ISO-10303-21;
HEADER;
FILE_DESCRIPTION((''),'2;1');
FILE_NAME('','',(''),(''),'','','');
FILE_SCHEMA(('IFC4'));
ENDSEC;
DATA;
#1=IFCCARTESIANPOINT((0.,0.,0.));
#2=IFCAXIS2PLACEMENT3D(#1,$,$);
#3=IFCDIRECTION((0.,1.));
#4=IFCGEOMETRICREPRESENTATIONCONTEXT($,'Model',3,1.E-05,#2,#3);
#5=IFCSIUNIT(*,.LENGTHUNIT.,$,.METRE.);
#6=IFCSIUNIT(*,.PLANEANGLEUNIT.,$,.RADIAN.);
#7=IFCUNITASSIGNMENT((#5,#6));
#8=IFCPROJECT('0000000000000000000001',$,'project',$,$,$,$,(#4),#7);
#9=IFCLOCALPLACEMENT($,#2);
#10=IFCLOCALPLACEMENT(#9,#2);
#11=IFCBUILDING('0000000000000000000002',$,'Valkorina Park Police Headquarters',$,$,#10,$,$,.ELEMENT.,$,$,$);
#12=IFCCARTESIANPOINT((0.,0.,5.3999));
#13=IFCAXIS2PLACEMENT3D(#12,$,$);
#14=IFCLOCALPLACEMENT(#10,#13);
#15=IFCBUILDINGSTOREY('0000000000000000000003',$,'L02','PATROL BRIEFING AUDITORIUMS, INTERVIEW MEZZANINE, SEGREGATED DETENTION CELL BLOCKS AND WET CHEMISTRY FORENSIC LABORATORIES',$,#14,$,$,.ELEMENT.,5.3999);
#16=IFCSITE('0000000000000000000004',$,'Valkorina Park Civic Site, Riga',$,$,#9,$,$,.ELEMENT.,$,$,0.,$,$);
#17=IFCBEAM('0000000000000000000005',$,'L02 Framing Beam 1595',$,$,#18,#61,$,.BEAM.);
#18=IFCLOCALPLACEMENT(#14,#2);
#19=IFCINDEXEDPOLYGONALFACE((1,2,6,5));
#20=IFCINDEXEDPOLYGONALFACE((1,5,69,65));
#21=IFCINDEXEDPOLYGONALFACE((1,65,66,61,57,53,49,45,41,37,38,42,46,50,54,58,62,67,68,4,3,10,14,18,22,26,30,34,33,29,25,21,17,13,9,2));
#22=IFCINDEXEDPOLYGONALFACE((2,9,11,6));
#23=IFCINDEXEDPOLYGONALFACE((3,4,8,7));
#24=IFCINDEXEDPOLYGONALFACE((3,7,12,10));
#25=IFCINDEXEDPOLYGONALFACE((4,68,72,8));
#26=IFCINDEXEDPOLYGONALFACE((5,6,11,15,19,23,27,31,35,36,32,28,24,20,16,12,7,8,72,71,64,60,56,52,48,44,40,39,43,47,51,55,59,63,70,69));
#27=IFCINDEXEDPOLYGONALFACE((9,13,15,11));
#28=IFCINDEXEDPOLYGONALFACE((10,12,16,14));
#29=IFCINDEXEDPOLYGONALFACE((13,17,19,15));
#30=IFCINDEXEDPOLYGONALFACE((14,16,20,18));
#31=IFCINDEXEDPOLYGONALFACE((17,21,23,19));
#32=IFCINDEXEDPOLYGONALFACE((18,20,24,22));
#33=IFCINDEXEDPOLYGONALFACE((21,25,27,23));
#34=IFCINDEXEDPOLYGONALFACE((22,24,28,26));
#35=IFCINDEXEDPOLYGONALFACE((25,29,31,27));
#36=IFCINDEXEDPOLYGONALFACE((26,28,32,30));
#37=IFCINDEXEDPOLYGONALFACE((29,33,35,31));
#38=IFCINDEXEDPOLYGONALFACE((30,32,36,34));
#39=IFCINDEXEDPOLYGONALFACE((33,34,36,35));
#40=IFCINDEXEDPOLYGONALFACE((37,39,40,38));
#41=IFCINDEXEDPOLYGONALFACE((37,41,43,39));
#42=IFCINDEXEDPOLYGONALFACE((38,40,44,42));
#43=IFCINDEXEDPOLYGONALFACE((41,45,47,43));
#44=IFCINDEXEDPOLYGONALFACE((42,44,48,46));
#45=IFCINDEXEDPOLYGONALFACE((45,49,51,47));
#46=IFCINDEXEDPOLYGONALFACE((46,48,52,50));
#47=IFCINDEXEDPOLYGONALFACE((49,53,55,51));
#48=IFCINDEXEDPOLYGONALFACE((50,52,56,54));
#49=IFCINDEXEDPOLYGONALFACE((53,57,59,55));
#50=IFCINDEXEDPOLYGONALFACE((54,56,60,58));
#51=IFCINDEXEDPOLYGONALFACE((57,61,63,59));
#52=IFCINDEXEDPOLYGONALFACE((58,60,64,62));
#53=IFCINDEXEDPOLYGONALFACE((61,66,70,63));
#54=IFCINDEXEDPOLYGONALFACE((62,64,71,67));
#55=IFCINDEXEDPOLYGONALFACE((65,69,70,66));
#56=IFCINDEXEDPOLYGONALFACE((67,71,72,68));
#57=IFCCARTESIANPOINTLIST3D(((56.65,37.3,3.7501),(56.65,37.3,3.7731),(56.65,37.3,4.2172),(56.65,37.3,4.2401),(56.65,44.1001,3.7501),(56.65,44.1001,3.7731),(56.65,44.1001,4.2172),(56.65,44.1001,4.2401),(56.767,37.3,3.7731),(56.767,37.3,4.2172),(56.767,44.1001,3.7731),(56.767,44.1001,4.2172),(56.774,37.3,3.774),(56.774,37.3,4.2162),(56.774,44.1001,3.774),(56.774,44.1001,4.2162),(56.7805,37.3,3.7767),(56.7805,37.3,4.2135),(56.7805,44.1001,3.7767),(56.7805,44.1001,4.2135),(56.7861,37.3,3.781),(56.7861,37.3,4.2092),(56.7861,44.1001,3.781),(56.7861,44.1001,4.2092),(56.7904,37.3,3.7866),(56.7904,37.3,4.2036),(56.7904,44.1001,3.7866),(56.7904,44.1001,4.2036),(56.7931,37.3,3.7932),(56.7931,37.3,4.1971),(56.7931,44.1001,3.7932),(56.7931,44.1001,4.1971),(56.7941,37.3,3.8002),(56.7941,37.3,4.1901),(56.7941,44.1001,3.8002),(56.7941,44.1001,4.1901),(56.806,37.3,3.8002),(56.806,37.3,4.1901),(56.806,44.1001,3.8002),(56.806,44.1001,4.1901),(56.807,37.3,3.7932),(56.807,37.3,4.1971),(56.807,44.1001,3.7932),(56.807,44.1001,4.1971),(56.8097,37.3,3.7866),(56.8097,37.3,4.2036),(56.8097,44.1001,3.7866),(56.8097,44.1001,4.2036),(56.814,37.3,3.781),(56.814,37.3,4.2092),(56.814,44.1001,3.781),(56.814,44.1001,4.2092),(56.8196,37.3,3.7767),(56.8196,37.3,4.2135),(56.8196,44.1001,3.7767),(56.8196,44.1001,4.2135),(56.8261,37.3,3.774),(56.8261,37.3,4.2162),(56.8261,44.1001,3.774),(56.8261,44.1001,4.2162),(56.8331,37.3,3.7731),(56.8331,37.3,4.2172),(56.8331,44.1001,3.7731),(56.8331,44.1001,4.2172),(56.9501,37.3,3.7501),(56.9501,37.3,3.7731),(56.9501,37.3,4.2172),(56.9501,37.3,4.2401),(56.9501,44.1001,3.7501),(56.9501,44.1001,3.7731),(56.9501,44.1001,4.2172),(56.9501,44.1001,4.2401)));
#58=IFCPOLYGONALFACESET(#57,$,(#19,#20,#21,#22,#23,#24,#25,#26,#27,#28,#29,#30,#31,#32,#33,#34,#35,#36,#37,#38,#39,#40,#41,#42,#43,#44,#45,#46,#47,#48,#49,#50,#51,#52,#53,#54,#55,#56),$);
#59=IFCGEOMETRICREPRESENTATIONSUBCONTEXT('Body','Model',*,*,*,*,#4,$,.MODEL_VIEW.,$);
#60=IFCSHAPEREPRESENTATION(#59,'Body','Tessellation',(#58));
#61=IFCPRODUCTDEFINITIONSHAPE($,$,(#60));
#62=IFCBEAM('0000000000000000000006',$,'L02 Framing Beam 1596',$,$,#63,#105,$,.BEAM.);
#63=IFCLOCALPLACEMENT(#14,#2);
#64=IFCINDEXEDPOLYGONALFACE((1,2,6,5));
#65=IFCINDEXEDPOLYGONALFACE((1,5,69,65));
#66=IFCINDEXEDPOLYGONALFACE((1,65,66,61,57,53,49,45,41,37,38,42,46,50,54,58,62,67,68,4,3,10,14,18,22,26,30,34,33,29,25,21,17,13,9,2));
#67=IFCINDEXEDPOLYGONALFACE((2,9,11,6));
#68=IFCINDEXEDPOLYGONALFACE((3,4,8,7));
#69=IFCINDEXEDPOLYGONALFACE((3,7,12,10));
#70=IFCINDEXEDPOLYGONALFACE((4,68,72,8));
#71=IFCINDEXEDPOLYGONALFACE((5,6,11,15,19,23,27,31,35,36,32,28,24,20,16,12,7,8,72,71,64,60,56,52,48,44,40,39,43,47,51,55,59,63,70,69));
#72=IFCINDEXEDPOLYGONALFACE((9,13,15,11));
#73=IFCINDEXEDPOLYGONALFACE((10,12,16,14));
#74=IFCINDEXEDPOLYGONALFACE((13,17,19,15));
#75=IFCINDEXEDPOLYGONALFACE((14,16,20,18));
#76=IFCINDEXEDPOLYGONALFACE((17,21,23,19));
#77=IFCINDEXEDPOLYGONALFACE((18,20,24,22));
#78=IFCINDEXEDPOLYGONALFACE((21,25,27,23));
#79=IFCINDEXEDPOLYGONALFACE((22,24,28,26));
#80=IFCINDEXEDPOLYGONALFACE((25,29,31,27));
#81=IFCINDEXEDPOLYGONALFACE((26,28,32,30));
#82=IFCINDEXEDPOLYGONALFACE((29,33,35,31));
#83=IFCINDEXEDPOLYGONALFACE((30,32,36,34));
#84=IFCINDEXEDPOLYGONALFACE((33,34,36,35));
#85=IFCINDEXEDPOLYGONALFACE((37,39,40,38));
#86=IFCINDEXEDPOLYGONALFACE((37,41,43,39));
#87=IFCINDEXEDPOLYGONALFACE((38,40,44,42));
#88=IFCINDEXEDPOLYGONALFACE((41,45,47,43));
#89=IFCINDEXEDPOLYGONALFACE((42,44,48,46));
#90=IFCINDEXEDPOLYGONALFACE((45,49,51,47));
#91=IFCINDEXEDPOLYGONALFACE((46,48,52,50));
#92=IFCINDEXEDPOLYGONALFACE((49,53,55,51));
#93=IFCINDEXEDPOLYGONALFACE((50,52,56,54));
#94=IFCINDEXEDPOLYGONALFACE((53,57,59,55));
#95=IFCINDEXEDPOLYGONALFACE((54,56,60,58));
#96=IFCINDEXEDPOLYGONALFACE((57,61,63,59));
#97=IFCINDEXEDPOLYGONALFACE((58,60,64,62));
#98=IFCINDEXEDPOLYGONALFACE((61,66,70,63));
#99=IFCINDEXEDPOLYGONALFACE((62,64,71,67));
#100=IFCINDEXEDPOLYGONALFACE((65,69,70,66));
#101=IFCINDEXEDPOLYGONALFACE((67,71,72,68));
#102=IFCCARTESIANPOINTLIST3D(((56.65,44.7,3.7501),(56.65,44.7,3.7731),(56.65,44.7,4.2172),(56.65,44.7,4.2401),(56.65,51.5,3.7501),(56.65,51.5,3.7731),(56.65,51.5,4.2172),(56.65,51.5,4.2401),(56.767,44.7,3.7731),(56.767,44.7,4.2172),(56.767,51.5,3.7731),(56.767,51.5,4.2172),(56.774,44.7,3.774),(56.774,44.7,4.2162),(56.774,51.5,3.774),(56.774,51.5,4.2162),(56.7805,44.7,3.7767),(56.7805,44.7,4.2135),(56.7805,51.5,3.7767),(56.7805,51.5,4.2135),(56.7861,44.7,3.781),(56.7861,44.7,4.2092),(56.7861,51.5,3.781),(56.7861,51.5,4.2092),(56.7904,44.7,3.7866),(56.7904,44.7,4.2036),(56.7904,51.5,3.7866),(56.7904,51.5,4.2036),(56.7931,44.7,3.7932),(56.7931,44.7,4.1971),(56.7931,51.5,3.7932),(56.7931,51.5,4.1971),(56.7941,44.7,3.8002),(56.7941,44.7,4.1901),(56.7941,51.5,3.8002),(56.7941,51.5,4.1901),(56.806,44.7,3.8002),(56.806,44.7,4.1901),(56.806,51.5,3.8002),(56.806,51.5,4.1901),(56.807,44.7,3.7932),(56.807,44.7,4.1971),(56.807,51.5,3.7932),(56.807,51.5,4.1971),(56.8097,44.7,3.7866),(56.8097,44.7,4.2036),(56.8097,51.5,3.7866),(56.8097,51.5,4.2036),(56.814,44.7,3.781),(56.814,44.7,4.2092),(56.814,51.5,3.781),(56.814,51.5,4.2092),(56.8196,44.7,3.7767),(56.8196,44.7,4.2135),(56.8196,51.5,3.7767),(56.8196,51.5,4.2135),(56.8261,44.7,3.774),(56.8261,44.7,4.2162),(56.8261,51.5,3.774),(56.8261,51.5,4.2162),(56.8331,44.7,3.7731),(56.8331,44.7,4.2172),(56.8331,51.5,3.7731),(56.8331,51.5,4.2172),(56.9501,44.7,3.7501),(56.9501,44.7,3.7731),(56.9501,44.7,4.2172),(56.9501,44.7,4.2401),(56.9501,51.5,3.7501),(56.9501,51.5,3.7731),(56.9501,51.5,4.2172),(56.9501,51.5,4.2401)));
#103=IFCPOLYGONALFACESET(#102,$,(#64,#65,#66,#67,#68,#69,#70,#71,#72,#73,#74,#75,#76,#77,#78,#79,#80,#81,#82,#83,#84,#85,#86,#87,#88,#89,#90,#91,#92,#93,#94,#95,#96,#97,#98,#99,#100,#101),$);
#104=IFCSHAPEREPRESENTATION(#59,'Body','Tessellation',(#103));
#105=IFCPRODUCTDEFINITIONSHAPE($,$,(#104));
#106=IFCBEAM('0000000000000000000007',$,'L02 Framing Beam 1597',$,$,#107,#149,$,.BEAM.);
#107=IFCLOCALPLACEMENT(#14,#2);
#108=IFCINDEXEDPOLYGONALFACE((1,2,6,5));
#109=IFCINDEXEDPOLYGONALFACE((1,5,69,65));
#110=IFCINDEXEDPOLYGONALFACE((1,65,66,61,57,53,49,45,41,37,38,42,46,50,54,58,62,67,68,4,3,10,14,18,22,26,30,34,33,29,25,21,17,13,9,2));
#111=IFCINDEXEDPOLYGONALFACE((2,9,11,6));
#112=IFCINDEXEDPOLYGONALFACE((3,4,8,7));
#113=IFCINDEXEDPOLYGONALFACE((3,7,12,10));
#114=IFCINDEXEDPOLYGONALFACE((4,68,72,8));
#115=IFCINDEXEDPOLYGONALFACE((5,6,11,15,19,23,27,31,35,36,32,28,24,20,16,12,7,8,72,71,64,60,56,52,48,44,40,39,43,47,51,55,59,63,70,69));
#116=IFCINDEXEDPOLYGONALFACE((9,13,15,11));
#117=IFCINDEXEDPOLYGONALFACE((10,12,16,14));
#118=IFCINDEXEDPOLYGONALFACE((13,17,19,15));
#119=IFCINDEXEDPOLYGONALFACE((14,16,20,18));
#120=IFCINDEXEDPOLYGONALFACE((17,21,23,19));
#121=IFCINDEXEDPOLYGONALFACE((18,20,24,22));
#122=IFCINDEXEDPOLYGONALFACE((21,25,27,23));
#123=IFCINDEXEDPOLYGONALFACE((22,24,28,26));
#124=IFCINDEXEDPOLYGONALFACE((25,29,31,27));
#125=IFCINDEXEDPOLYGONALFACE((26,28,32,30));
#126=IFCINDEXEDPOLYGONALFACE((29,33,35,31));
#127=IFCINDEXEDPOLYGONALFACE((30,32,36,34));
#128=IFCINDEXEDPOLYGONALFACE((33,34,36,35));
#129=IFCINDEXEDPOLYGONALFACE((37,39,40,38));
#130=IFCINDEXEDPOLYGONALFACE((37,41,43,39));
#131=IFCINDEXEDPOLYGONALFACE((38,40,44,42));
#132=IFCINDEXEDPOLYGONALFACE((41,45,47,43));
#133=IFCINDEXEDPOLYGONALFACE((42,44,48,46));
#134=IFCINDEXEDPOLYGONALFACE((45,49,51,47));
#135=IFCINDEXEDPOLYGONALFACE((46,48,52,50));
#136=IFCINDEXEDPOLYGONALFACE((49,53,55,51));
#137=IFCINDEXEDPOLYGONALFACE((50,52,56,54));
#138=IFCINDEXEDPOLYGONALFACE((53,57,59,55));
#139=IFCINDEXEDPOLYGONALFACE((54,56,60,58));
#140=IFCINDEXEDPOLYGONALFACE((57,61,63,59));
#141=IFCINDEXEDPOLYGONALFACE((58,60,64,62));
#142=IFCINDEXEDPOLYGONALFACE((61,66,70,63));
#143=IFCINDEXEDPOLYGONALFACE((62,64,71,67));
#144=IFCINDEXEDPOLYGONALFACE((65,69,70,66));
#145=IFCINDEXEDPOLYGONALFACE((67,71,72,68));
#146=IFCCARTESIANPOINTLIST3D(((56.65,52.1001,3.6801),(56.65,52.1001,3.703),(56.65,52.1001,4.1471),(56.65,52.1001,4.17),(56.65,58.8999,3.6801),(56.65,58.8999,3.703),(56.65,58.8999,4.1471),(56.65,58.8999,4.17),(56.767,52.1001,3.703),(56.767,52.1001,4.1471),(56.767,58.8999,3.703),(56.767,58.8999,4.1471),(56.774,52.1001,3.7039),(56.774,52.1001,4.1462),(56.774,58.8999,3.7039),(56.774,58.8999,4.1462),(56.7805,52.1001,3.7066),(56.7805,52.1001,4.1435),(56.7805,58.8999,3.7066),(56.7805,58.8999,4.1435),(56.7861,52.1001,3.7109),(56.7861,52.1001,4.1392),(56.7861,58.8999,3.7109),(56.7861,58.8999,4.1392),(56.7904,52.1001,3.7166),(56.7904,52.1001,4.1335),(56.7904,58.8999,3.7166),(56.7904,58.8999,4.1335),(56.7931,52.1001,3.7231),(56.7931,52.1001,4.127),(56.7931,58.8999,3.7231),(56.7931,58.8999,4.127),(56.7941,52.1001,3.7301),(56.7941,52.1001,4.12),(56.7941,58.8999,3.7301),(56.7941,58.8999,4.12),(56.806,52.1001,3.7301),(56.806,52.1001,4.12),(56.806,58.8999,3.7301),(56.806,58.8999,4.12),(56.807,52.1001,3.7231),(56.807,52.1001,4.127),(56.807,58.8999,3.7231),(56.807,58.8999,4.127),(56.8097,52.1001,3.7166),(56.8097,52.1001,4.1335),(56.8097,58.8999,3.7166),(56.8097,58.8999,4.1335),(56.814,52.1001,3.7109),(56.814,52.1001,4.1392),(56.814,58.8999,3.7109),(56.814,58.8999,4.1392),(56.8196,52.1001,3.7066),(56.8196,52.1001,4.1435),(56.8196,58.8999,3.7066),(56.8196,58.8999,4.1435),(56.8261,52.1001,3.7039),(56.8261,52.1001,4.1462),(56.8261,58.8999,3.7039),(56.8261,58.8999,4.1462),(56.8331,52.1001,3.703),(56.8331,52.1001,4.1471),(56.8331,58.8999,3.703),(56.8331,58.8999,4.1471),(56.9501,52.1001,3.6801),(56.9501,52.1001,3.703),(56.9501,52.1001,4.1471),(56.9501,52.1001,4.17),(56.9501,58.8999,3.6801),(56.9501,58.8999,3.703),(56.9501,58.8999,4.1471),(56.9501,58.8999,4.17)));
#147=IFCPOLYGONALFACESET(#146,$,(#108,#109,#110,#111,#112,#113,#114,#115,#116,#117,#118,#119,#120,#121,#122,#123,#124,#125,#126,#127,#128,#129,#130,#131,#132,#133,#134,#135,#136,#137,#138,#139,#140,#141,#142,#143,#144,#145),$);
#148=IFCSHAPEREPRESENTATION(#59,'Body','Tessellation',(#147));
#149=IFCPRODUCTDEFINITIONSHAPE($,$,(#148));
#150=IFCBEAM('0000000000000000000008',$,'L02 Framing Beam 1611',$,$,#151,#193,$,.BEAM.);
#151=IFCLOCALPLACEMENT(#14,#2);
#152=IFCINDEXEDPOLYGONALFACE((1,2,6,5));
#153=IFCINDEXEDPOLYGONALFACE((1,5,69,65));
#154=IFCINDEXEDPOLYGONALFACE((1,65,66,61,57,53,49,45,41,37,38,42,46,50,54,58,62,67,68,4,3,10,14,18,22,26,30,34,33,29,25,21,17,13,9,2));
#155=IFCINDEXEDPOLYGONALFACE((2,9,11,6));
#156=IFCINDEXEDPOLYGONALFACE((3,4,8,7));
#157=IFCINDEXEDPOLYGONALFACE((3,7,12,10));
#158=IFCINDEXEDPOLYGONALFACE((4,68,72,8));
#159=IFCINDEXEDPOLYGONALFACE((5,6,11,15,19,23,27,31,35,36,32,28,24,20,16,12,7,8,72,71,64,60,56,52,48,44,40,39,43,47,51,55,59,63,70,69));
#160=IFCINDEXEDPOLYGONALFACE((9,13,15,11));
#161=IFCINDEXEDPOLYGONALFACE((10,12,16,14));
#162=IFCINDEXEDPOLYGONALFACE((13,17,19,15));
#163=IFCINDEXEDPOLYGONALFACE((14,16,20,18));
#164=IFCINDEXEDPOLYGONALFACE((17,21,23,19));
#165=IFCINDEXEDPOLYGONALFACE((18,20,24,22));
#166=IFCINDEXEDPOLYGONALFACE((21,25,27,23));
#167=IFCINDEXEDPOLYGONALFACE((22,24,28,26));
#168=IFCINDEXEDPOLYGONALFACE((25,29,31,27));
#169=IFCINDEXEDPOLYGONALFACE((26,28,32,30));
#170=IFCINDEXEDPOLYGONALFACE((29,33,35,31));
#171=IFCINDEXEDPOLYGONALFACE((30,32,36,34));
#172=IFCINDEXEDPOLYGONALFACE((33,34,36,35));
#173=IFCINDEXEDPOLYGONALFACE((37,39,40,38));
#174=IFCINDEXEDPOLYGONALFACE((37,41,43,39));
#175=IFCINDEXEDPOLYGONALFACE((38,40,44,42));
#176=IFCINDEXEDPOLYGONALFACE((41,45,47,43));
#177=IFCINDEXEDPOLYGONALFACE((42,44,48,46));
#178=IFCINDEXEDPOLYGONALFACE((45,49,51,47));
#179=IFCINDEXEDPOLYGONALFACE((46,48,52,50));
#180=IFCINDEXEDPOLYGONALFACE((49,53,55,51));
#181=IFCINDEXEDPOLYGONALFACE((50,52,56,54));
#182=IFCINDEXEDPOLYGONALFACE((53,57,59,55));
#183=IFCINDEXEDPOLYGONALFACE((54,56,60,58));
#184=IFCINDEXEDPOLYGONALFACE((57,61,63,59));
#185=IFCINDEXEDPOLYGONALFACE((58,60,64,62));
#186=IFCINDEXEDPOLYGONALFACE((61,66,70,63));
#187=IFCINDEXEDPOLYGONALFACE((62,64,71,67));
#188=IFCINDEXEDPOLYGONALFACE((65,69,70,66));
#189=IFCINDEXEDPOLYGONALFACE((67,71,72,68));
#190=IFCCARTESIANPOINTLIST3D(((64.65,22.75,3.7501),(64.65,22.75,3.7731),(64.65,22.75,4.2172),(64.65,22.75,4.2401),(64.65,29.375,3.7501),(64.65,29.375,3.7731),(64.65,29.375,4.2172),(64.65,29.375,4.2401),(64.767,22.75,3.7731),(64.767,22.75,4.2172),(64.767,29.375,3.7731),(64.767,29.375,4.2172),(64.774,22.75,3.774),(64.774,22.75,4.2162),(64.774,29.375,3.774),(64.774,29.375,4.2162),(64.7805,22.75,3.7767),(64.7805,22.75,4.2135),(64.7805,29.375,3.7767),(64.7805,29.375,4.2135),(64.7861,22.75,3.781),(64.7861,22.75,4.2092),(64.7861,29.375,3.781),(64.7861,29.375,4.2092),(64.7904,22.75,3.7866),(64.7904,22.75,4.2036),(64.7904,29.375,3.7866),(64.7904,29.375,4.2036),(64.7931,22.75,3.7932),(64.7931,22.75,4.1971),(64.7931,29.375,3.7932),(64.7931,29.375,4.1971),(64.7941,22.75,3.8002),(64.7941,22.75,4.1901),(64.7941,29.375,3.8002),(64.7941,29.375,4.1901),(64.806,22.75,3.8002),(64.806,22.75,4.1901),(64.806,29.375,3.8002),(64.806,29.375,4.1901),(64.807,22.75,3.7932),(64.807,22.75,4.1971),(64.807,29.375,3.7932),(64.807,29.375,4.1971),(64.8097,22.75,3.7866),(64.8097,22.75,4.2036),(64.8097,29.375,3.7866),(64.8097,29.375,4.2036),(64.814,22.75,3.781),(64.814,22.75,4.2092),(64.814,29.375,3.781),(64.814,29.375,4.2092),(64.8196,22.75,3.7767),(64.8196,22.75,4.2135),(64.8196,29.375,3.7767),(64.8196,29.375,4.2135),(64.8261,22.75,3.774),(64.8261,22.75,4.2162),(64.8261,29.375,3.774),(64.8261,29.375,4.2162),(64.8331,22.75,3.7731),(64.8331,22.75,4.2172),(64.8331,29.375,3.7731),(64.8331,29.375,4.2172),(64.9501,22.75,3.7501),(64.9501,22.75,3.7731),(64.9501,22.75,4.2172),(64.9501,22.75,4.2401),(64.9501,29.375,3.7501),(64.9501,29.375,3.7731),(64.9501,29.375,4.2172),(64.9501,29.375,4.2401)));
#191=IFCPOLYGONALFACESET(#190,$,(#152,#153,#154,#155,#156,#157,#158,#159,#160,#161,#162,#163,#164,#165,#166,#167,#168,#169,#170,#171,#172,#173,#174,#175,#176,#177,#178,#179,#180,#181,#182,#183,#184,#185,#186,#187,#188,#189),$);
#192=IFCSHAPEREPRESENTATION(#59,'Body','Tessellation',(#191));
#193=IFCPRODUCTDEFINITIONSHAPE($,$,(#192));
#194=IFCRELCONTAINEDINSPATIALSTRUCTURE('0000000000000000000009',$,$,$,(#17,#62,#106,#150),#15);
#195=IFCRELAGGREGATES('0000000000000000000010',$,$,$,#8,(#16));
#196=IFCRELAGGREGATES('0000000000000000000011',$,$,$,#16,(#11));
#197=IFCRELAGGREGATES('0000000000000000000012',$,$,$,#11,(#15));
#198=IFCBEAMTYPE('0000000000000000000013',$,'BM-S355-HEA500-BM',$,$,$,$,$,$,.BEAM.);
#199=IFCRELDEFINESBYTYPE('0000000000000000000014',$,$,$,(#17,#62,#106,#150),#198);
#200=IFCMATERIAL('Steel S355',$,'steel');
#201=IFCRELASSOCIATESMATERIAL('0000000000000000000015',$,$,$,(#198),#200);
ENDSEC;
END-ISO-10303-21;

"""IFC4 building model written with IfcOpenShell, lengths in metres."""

from ifc_helpers import new_model, si_unit, direction, frame, origin, origin_2d, place, context, subcontext, project, spatial, i_section, extrude, material, material_profile, profile_set, type_object, element, save


model = new_model("IFC4")

# Units and contexts
model_context = context("Model", 3, precision=1e-05, world=origin(), true_north=direction((0.0, 1.0)))
body_context = subcontext(model_context, "Body", "Model", "MODEL_VIEW")
ifc_project = project(units=[si_unit("LENGTHUNIT", "METRE"), si_unit("PLANEANGLEUNIT", "RADIAN")], contexts=[model_context])

# Site, building, storey
site_placement = place(None, origin())
site = spatial("IfcSite", under=ifc_project, at=site_placement, Name="Valkorina Park Civic Site, Riga", CompositionType="ELEMENT", RefElevation=0.0)
building_placement = place(site_placement, origin())
building = spatial("IfcBuilding", under=site, at=building_placement, Name="Valkorina Park Police Headquarters", CompositionType="ELEMENT")
storey_placement = place(building_placement, frame((0.0, 0.0, 5.3999)))
storey = spatial("IfcBuildingStorey", under=building, at=storey_placement, Name="L02", Description="PATROL BRIEFING AUDITORIUMS, INTERVIEW MEZZANINE, SEGREGATED DETENTION CELL BLOCKS AND WET CHEMISTRY FORENSIC LABORATORIES", CompositionType="ELEMENT", Elevation=5.3999)

# Shared definitions
ifc_material_1 = material(Name="Steel S355", Category="steel")

# Beams
ifc_material_profile_1 = material_profile(ifc_material_1, i_section(OverallWidth=0.3, OverallDepth=0.49, WebThickness=0.012, FlangeThickness=0.0229, FilletRadius=0.0271, at=origin_2d()), Name="HEA 500")
ifc_profile_set_1 = profile_set([ifc_material_profile_1], Name="Steel S355")
beam_type_1 = type_object("IfcBeamType", Name="BM-S355-HEA500-BM", PredefinedType="BEAM", material=ifc_profile_set_1)
for number, where, z_axis, x_axis, name in (
    (1, (56.8, 37.3, 3.9951), (0.0, 1.0, 0.0), (-1.0, 0.0, 0.0), "L02 Framing Beam 1595"),
    (2, (56.8, 44.7, 3.9951), (0.0, 1.0, 0.0), (-1.0, 0.0, 0.0), "L02 Framing Beam 1596"),
):
    element("IfcBeam", number, at=place(storey_placement, frame(where, z_axis=z_axis, x_axis=x_axis)), inside=storey, type_object=beam_type_1, Name=name, PredefinedType="BEAM", context=body_context, shape_type="SweptSolid", body=[
        extrude(i_section(OverallWidth=0.3, OverallDepth=0.49, WebThickness=0.012, FlangeThickness=0.0229, FilletRadius=0.0271, at=origin_2d()), origin(), (0.0, 0.0, 1.0), 6.8),
    ])
beam_1_placement = place(storey_placement, frame((56.8, 52.1001, 3.925), z_axis=(0.0, 1.0, 0.0), x_axis=(-1.0, 0.0, 0.0)))
element("IfcBeam", 3, at=beam_1_placement, inside=storey, type_object=beam_type_1, Name="L02 Framing Beam 1597", PredefinedType="BEAM", context=body_context, shape_type="SweptSolid", body=[
    extrude(i_section(OverallWidth=0.3, OverallDepth=0.49, WebThickness=0.012, FlangeThickness=0.0229, FilletRadius=0.0271, at=origin_2d()), origin(), (0.0, 0.0, 1.0), 6.7998),
])
beam_2_placement = place(storey_placement, frame((64.8, 22.75, 3.9951), z_axis=(0.0, 1.0, 0.0), x_axis=(-1.0, 0.0, 0.0)))
element("IfcBeam", 4, at=beam_2_placement, inside=storey, type_object=beam_type_1, Name="L02 Framing Beam 1611", PredefinedType="BEAM", context=body_context, shape_type="SweptSolid", body=[
    extrude(i_section(OverallWidth=0.3, OverallDepth=0.49, WebThickness=0.012, FlangeThickness=0.0229, FilletRadius=0.0271, at=origin_2d()), origin(), (0.0, 0.0, 1.0), 6.625),
])

save(model, "model.ifc")
